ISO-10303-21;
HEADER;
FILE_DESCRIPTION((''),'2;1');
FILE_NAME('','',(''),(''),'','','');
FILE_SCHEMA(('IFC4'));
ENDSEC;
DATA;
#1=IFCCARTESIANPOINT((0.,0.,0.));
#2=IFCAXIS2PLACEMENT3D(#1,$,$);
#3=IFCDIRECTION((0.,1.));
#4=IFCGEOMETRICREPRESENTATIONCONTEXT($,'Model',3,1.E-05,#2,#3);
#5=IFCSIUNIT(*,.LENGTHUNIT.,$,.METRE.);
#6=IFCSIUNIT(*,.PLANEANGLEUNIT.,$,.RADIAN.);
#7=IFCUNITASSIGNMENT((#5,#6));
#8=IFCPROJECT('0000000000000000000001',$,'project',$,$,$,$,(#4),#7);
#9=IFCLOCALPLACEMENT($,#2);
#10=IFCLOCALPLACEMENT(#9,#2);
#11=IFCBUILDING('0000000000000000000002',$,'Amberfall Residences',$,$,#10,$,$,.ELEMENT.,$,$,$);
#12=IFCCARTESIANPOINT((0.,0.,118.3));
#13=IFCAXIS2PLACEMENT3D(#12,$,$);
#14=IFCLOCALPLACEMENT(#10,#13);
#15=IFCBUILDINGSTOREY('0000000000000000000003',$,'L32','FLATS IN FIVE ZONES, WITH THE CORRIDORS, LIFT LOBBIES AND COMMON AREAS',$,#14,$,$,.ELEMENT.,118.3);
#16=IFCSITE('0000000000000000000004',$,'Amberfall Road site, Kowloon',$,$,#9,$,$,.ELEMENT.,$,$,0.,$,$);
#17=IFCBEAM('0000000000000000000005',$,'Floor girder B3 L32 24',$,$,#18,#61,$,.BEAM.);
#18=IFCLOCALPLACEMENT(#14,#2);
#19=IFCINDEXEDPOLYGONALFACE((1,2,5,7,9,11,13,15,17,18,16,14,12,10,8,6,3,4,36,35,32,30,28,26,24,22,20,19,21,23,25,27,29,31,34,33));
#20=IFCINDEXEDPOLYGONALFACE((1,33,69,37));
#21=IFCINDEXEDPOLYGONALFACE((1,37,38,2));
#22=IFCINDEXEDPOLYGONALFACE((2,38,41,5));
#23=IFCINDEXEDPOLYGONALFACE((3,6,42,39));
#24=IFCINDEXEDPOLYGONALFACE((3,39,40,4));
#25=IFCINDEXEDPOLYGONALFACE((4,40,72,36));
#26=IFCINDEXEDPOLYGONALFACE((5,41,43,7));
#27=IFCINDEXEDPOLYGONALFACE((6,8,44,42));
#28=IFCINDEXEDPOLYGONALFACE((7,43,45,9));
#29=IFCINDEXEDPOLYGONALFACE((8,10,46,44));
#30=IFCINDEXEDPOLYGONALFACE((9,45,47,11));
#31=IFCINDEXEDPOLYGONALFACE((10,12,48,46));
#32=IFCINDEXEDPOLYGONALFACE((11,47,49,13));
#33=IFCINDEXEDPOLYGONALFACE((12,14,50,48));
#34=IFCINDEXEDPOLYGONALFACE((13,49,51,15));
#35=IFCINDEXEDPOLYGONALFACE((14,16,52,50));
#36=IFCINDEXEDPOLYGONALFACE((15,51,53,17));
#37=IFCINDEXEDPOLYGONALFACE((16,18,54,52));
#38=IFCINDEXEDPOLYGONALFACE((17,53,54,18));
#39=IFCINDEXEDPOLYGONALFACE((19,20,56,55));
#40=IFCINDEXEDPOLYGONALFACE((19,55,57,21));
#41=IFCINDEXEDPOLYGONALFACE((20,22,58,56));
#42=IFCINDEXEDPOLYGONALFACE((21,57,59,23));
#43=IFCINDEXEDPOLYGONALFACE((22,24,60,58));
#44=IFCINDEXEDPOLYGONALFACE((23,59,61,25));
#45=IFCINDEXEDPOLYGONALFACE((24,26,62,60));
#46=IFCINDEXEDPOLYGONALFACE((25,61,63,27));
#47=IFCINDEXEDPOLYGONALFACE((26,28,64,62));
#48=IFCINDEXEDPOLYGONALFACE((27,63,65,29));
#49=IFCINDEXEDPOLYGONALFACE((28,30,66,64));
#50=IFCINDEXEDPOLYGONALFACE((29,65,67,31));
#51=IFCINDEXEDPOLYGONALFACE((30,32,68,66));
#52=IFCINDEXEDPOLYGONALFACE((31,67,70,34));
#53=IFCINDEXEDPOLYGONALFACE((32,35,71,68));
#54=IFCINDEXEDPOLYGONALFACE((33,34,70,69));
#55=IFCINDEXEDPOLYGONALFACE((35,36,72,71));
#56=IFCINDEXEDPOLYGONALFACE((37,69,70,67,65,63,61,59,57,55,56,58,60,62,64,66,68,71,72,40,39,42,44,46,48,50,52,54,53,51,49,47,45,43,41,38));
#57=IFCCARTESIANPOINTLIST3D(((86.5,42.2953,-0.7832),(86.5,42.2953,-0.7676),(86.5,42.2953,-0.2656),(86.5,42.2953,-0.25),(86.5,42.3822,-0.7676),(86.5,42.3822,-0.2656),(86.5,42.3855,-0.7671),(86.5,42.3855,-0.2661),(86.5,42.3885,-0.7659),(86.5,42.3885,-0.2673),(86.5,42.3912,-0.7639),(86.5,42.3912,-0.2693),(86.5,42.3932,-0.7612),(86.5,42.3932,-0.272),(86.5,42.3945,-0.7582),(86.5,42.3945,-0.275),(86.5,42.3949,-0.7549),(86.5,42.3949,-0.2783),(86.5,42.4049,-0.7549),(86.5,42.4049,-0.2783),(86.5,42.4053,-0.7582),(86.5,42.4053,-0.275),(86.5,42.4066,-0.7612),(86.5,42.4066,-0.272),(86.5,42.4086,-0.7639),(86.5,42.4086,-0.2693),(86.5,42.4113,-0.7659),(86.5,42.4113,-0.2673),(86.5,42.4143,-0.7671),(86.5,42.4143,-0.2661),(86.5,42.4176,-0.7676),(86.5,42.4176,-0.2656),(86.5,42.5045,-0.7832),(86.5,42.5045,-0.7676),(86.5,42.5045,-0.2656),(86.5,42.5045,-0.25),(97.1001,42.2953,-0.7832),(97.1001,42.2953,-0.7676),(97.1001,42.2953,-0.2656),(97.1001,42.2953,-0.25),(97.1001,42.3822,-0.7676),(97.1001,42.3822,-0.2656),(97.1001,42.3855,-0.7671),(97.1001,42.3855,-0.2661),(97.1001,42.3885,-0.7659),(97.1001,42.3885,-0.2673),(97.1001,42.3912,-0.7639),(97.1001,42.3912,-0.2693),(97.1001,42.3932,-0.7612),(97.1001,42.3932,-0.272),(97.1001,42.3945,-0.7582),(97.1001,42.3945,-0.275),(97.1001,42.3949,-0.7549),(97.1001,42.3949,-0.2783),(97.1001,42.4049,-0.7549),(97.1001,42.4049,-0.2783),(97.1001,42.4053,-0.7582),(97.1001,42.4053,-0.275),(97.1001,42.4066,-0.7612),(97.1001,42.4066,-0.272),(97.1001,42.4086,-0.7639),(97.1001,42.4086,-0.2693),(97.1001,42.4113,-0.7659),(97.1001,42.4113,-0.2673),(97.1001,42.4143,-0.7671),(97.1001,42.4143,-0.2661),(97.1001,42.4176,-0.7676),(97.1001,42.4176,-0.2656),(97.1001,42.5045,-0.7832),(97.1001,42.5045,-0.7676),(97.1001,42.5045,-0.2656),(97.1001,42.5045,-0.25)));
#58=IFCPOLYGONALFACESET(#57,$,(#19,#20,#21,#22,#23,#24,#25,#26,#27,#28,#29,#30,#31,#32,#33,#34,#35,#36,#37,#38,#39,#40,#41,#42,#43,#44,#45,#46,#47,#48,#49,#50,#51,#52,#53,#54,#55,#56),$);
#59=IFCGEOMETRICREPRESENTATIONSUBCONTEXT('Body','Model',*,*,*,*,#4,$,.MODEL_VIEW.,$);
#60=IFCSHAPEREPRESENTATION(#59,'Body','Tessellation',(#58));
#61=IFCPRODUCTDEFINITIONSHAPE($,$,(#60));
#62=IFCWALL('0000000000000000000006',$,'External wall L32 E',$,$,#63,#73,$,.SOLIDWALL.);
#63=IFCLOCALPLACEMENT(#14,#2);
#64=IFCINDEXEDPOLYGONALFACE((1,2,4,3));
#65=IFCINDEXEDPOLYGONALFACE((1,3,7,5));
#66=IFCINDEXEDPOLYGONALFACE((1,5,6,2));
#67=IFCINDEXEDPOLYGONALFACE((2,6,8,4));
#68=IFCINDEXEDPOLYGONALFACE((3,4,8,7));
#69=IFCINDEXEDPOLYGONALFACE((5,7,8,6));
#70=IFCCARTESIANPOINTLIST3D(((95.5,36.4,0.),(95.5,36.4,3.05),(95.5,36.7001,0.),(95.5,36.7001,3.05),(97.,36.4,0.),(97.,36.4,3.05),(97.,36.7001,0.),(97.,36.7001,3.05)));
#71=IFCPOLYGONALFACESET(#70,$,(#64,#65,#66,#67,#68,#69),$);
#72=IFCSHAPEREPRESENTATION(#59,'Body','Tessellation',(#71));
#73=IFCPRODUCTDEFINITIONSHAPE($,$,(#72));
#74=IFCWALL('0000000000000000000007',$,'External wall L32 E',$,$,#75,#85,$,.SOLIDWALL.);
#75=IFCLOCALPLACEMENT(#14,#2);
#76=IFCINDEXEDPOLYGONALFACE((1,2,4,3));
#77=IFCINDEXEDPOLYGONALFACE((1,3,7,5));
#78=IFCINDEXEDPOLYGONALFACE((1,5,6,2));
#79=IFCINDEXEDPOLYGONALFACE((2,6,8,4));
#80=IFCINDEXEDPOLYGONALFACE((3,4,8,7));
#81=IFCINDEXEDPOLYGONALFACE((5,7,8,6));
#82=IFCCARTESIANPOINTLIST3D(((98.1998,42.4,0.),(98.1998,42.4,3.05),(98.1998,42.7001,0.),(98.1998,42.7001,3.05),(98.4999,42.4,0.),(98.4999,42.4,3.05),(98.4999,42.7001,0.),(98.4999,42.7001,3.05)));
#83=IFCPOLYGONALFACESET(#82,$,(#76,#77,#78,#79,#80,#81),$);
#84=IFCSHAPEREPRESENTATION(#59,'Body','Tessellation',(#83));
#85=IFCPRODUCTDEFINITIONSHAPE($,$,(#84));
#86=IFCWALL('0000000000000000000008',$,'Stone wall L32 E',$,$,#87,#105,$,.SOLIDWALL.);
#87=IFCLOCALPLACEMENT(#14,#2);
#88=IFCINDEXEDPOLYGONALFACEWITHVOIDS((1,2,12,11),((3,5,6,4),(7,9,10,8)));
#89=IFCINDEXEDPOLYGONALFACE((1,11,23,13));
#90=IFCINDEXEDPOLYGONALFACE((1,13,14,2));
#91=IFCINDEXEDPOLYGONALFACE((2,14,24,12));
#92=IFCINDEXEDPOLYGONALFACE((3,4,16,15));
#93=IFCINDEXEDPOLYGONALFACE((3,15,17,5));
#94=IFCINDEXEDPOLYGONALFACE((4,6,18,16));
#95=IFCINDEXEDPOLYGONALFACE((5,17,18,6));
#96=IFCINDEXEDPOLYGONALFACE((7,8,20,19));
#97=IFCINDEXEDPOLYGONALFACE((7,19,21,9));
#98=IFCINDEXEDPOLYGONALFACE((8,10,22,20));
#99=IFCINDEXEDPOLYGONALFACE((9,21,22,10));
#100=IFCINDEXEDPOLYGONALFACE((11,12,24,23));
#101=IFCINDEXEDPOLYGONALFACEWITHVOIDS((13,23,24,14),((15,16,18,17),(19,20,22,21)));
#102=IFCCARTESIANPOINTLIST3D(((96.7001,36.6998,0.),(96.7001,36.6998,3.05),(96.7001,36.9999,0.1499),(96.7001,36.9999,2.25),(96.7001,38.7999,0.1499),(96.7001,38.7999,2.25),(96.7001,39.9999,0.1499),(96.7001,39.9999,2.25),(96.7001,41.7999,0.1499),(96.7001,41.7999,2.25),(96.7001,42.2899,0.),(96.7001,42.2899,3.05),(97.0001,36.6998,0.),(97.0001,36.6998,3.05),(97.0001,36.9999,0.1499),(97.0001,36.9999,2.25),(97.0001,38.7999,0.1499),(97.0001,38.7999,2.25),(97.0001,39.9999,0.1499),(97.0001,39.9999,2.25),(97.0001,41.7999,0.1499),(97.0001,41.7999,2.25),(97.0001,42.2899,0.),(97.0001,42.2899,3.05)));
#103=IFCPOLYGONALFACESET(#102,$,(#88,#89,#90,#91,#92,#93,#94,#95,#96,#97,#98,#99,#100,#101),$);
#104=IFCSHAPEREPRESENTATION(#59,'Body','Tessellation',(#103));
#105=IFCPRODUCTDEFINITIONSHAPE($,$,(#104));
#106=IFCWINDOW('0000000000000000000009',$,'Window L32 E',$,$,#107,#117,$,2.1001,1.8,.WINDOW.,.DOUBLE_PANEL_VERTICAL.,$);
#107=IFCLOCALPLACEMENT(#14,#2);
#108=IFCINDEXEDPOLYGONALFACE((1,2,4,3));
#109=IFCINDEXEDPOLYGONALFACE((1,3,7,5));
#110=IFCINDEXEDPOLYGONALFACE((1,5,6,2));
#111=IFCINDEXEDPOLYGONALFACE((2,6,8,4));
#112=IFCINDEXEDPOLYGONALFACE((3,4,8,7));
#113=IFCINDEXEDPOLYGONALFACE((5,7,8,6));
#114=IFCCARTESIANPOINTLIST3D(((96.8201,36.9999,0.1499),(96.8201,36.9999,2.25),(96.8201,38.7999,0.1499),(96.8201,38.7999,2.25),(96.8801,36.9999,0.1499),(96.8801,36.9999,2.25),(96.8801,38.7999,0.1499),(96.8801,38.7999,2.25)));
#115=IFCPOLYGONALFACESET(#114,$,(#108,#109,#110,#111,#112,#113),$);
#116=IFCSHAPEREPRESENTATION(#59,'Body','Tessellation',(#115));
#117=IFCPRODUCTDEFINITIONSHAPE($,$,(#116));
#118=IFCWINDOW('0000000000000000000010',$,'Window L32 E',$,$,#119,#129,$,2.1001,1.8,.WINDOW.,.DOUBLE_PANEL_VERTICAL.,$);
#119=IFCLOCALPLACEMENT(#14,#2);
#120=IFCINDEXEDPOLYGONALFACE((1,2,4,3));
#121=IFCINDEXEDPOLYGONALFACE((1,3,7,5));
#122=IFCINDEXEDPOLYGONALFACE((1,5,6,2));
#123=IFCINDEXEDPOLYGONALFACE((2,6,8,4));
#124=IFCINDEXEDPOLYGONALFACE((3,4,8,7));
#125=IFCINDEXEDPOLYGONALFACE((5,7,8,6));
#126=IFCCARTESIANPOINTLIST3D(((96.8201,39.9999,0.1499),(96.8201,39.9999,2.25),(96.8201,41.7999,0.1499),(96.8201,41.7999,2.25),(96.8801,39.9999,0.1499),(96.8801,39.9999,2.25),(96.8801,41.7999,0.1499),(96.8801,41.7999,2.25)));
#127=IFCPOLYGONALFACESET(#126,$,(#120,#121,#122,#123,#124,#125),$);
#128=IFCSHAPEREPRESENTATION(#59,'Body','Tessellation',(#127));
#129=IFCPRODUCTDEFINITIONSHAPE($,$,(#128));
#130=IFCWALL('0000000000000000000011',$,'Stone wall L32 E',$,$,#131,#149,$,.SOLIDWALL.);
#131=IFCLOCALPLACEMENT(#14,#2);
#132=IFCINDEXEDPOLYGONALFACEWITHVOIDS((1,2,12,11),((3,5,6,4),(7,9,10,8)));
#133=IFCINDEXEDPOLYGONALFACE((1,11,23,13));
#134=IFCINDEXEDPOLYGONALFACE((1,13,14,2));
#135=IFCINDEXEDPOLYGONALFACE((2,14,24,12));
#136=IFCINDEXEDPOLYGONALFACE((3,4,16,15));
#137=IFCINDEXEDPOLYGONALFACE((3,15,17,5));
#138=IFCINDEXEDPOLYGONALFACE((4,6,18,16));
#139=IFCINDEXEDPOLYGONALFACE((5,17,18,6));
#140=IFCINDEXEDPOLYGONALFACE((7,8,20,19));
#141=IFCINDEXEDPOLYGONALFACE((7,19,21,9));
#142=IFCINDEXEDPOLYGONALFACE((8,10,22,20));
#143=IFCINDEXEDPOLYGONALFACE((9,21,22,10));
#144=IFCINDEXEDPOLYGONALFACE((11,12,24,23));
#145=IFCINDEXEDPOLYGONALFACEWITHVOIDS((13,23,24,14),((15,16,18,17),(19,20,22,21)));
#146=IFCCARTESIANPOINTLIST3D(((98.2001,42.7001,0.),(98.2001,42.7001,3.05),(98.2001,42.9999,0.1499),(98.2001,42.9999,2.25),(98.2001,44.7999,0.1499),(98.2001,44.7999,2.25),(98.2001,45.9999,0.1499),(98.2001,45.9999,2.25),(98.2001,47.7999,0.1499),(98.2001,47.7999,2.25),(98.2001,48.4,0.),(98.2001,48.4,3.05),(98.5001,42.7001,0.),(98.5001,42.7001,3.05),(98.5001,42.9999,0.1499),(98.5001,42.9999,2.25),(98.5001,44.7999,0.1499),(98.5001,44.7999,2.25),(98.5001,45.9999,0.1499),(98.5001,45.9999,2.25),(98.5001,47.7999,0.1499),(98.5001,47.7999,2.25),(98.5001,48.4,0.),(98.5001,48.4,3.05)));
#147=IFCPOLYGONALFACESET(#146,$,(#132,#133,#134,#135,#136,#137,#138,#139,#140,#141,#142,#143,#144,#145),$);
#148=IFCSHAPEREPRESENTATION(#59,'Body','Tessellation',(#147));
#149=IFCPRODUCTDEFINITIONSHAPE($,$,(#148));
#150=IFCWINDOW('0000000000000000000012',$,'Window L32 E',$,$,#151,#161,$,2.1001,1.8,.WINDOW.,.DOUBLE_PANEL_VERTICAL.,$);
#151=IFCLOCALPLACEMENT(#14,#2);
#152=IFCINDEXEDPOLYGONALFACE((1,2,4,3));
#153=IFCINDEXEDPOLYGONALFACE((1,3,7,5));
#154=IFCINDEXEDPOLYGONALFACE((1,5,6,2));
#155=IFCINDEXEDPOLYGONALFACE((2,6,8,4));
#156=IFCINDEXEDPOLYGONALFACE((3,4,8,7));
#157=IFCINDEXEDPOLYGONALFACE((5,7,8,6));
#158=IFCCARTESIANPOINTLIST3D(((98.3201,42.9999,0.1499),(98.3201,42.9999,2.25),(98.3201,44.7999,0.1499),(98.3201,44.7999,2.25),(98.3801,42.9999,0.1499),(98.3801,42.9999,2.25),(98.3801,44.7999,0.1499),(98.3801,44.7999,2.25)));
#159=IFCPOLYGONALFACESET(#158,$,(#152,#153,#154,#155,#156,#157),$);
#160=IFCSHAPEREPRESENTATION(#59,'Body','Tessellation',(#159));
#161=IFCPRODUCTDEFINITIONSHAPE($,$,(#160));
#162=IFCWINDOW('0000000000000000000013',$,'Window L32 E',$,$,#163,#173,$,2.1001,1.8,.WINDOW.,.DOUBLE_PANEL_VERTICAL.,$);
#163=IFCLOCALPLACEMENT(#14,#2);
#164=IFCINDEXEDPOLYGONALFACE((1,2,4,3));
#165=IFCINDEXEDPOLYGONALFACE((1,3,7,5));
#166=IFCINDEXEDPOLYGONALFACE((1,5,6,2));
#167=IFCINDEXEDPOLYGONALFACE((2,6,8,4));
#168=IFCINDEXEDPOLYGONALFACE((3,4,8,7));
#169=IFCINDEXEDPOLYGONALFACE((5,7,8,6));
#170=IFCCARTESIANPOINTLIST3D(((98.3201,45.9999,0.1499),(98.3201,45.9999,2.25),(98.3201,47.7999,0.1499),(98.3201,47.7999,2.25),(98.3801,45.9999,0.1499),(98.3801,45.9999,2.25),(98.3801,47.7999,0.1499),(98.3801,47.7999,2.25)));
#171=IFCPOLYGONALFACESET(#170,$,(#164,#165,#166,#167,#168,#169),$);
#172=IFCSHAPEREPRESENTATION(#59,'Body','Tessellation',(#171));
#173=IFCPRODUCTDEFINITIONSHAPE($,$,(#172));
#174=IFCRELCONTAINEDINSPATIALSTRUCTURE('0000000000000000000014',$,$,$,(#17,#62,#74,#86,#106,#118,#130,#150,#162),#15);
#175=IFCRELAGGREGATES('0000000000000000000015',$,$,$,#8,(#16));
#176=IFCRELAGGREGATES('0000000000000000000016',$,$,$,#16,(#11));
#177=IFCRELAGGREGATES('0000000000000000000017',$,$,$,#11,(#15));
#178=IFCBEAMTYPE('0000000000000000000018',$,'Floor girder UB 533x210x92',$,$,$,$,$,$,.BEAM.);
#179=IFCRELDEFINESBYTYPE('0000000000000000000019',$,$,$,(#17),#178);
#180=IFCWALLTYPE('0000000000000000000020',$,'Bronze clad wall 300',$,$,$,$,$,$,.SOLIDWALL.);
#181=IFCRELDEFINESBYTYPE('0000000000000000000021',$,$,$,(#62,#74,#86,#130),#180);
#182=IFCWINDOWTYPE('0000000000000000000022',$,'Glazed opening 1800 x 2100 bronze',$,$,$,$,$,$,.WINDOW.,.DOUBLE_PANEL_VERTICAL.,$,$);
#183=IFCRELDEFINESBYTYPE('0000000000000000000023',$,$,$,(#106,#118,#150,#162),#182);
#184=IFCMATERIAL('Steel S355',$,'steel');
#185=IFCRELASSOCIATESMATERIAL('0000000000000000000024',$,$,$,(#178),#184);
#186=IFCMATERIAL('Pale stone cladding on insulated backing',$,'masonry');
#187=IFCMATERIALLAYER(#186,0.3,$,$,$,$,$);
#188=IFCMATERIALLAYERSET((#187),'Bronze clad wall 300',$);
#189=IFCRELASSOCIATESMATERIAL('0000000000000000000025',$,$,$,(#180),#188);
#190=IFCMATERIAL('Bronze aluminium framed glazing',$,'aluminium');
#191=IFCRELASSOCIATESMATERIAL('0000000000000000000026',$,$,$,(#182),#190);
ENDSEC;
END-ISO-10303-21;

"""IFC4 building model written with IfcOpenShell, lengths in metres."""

from ifc_helpers import new_model, si_unit, direction, frame, frame_2d, origin, origin_2d, place, context, subcontext, project, spatial, rectangle, i_section, extrude, material, layer, layer_set, material_profile, profile_set, type_object, element, fill, save


model = new_model("IFC4")

# Units and contexts
model_context = context("Model", 3, precision=1e-05, world=origin(), true_north=direction((0.0, 1.0)))
body_context = subcontext(model_context, "Body", "Model", "MODEL_VIEW")
ifc_project = project(units=[si_unit("LENGTHUNIT", "METRE"), si_unit("PLANEANGLEUNIT", "RADIAN")], contexts=[model_context])

# Site, building, storey
site_placement = place(None, origin())
site = spatial("IfcSite", under=ifc_project, at=site_placement, Name="Amberfall Road site, Kowloon", CompositionType="ELEMENT", RefElevation=0.0)
building_placement = place(site_placement, origin())
building = spatial("IfcBuilding", under=site, at=building_placement, Name="Amberfall Residences", CompositionType="ELEMENT")
storey_placement = place(building_placement, frame((0.0, 0.0, 118.3)))
storey = spatial("IfcBuildingStorey", under=building, at=storey_placement, Name="L32", Description="FLATS IN FIVE ZONES, WITH THE CORRIDORS, LIFT LOBBIES AND COMMON AREAS", CompositionType="ELEMENT", Elevation=118.3)

# Beam
ifc_material_1 = material(Name="Steel S355", Category="steel")
ifc_material_profile_1 = material_profile(ifc_material_1, i_section(OverallWidth=0.2092, OverallDepth=0.5332, WebThickness=0.01, FlangeThickness=0.0156, FilletRadius=0.0127, at=origin_2d()), Name="UB 533x210x92")
ifc_profile_set_1 = profile_set([ifc_material_profile_1], Name="Steel S355")
beam_type_1 = type_object("IfcBeamType", Name="Floor girder UB 533x210x92", PredefinedType="BEAM", material=ifc_profile_set_1)
beam_1_placement = place(storey_placement, frame((97.1001, 42.3999, -0.5166), z_axis=(-1.0, 0.0, 0.0), x_axis=(0.0, -1.0, 0.0)))
element("IfcBeam", 1, at=beam_1_placement, inside=storey, type_object=beam_type_1, Name="Floor girder B3 L32 24", PredefinedType="BEAM", context=body_context, shape_type="SweptSolid", body=[
    extrude(i_section(OverallWidth=0.2092, OverallDepth=0.5332, WebThickness=0.01, FlangeThickness=0.0156, FilletRadius=0.0127, at=origin_2d()), origin(), (0.0, 0.0, 1.0), 10.6001),
])

# Walls
ifc_material_2 = material(Name="Pale stone cladding on insulated backing", Category="masonry")
ifc_layer_1 = layer(ifc_material_2, 0.3)
ifc_layer_set_1 = layer_set([ifc_layer_1], Name="Bronze clad wall 300")
wall_type_1 = type_object("IfcWallType", Name="Bronze clad wall 300", PredefinedType="SOLIDWALL", material=ifc_layer_set_1)
wall_1_placement = place(storey_placement, frame((95.5, 36.55, 0.0), z_axis=(0.0, 0.0, 1.0), x_axis=(1.0, 0.0, 0.0)))
element("IfcWall", 2, at=wall_1_placement, inside=storey, type_object=wall_type_1, Name="External wall L32 E", PredefinedType="SOLIDWALL", context=body_context, shape_type="SweptSolid", body=[
    extrude(rectangle(XDim=1.5, YDim=0.3, at=frame_2d((0.75, 0.0))), origin(), (0.0, 0.0, 1.0), 3.05),
])
wall_2_placement = place(storey_placement, frame((98.2, 42.55, 0.0), z_axis=(0.0, 0.0, 1.0), x_axis=(1.0, 0.0, 0.0)))
element("IfcWall", 3, at=wall_2_placement, inside=storey, type_object=wall_type_1, Name="External wall L32 E", PredefinedType="SOLIDWALL", context=body_context, shape_type="SweptSolid", body=[
    extrude(rectangle(XDim=0.3, YDim=0.3, at=frame_2d((0.1499, 0.0))), origin(), (0.0, 0.0, 1.0), 3.05),
])

# Walls, openings, windows
wall_3_placement = place(storey_placement, frame((96.8501, 36.7, 0.0), z_axis=(0.0, 0.0, 1.0), x_axis=(0.0, 1.0, 0.0)))
wall_3 = element("IfcWall", 4, at=wall_3_placement, inside=storey, type_object=wall_type_1, Name="Stone wall L32 E", PredefinedType="SOLIDWALL", context=body_context, shape_type="SweptSolid", body=[
    extrude(rectangle(XDim=5.5901, YDim=0.3, at=frame_2d((2.7949, 0.0))), origin(), (0.0, 0.0, 1.0), 3.05),
])
opening_1_placement = place(wall_3_placement, frame((0.3, 0.0, 0.1499)))
opening_1 = element("IfcOpeningElement", 5, at=opening_1_placement, cuts=wall_3, PredefinedType="OPENING", context=body_context, shape_type="SweptSolid", body=[
    extrude(rectangle(XDim=1.8, YDim=2.1001, at=frame_2d((0.8999, 1.05))), frame((0.0, 0.1599, 0.0), z_axis=(0.0, -1.0, 0.0), x_axis=(1.0, 0.0, 0.0)), (0.0, 0.0, 1.0), 0.3201),
])
opening_2_placement = place(wall_3_placement, frame((3.3, 0.0, 0.1499)))
opening_2 = element("IfcOpeningElement", 6, at=opening_2_placement, cuts=wall_3, PredefinedType="OPENING", context=body_context, shape_type="SweptSolid", body=[
    extrude(rectangle(XDim=1.8, YDim=2.1001, at=frame_2d((0.8999, 1.05))), frame((0.0, 0.1599, 0.0), z_axis=(0.0, -1.0, 0.0), x_axis=(1.0, 0.0, 0.0)), (0.0, 0.0, 1.0), 0.3201),
])
ifc_material_3 = material(Name="Bronze aluminium framed glazing", Category="aluminium")
window_type = type_object("IfcWindowType", Name="Glazed opening 1800 x 2100 bronze", PartitioningType="DOUBLE_PANEL_VERTICAL", PredefinedType="WINDOW", material=ifc_material_3)
window_1_placement = place(opening_1_placement, origin())
window_1 = element("IfcWindow", 7, at=window_1_placement, inside=storey, type_object=window_type, Name="Window L32 E", OverallHeight=2.1001, OverallWidth=1.8, PartitioningType="DOUBLE_PANEL_VERTICAL", PredefinedType="WINDOW", context=body_context, shape_type="SweptSolid", body=[
    extrude(rectangle(XDim=1.8, YDim=2.1001, at=frame_2d((0.8999, 1.05))), frame((0.0, 0.03, 0.0), z_axis=(0.0, -1.0, 0.0), x_axis=(1.0, 0.0, 0.0)), (0.0, 0.0, 1.0), 0.0601),
])
fill(opening_1, window_1)
window_2_placement = place(opening_2_placement, origin())
window_2 = element("IfcWindow", 8, at=window_2_placement, inside=storey, type_object=window_type, Name="Window L32 E", OverallHeight=2.1001, OverallWidth=1.8, PartitioningType="DOUBLE_PANEL_VERTICAL", PredefinedType="WINDOW", context=body_context, shape_type="SweptSolid", body=[
    extrude(rectangle(XDim=1.8, YDim=2.1001, at=frame_2d((0.8999, 1.05))), frame((0.0, 0.03, 0.0), z_axis=(0.0, -1.0, 0.0), x_axis=(1.0, 0.0, 0.0)), (0.0, 0.0, 1.0), 0.0601),
])
fill(opening_2, window_2)
wall_4_placement = place(storey_placement, frame((98.3501, 42.7, 0.0), z_axis=(0.0, 0.0, 1.0), x_axis=(0.0, 1.0, 0.0)))
wall_4 = element("IfcWall", 9, at=wall_4_placement, inside=storey, type_object=wall_type_1, Name="Stone wall L32 E", PredefinedType="SOLIDWALL", context=body_context, shape_type="SweptSolid", body=[
    extrude(rectangle(XDim=5.7, YDim=0.3, at=frame_2d((2.8501, 0.0))), origin(), (0.0, 0.0, 1.0), 3.05),
])
opening_3_placement = place(wall_4_placement, frame((0.3, 0.0, 0.1499)))
opening_3 = element("IfcOpeningElement", 10, at=opening_3_placement, cuts=wall_4, PredefinedType="OPENING", context=body_context, shape_type="SweptSolid", body=[
    extrude(rectangle(XDim=1.8, YDim=2.1001, at=frame_2d((0.8999, 1.05))), frame((0.0, 0.1599, 0.0), z_axis=(0.0, -1.0, 0.0), x_axis=(1.0, 0.0, 0.0)), (0.0, 0.0, 1.0), 0.3201),
])
opening_4_placement = place(wall_4_placement, frame((3.3, 0.0, 0.1499)))
opening_4 = element("IfcOpeningElement", 11, at=opening_4_placement, cuts=wall_4, PredefinedType="OPENING", context=body_context, shape_type="SweptSolid", body=[
    extrude(rectangle(XDim=1.8, YDim=2.1001, at=frame_2d((0.8999, 1.05))), frame((0.0, 0.1599, 0.0), z_axis=(0.0, -1.0, 0.0), x_axis=(1.0, 0.0, 0.0)), (0.0, 0.0, 1.0), 0.3201),
])
window_3_placement = place(opening_3_placement, origin())
window_3 = element("IfcWindow", 12, at=window_3_placement, inside=storey, type_object=window_type, Name="Window L32 E", OverallHeight=2.1001, OverallWidth=1.8, PartitioningType="DOUBLE_PANEL_VERTICAL", PredefinedType="WINDOW", context=body_context, shape_type="SweptSolid", body=[
    extrude(rectangle(XDim=1.8, YDim=2.1001, at=frame_2d((0.8999, 1.05))), frame((0.0, 0.03, 0.0), z_axis=(0.0, -1.0, 0.0), x_axis=(1.0, 0.0, 0.0)), (0.0, 0.0, 1.0), 0.0601),
])
fill(opening_3, window_3)
window_4_placement = place(opening_4_placement, origin())
window_4 = element("IfcWindow", 13, at=window_4_placement, inside=storey, type_object=window_type, Name="Window L32 E", OverallHeight=2.1001, OverallWidth=1.8, PartitioningType="DOUBLE_PANEL_VERTICAL", PredefinedType="WINDOW", context=body_context, shape_type="SweptSolid", body=[
    extrude(rectangle(XDim=1.8, YDim=2.1001, at=frame_2d((0.8999, 1.05))), frame((0.0, 0.03, 0.0), z_axis=(0.0, -1.0, 0.0), x_axis=(1.0, 0.0, 0.0)), (0.0, 0.0, 1.0), 0.0601),
])
fill(opening_4, window_4)

save(model, "model.ifc")
